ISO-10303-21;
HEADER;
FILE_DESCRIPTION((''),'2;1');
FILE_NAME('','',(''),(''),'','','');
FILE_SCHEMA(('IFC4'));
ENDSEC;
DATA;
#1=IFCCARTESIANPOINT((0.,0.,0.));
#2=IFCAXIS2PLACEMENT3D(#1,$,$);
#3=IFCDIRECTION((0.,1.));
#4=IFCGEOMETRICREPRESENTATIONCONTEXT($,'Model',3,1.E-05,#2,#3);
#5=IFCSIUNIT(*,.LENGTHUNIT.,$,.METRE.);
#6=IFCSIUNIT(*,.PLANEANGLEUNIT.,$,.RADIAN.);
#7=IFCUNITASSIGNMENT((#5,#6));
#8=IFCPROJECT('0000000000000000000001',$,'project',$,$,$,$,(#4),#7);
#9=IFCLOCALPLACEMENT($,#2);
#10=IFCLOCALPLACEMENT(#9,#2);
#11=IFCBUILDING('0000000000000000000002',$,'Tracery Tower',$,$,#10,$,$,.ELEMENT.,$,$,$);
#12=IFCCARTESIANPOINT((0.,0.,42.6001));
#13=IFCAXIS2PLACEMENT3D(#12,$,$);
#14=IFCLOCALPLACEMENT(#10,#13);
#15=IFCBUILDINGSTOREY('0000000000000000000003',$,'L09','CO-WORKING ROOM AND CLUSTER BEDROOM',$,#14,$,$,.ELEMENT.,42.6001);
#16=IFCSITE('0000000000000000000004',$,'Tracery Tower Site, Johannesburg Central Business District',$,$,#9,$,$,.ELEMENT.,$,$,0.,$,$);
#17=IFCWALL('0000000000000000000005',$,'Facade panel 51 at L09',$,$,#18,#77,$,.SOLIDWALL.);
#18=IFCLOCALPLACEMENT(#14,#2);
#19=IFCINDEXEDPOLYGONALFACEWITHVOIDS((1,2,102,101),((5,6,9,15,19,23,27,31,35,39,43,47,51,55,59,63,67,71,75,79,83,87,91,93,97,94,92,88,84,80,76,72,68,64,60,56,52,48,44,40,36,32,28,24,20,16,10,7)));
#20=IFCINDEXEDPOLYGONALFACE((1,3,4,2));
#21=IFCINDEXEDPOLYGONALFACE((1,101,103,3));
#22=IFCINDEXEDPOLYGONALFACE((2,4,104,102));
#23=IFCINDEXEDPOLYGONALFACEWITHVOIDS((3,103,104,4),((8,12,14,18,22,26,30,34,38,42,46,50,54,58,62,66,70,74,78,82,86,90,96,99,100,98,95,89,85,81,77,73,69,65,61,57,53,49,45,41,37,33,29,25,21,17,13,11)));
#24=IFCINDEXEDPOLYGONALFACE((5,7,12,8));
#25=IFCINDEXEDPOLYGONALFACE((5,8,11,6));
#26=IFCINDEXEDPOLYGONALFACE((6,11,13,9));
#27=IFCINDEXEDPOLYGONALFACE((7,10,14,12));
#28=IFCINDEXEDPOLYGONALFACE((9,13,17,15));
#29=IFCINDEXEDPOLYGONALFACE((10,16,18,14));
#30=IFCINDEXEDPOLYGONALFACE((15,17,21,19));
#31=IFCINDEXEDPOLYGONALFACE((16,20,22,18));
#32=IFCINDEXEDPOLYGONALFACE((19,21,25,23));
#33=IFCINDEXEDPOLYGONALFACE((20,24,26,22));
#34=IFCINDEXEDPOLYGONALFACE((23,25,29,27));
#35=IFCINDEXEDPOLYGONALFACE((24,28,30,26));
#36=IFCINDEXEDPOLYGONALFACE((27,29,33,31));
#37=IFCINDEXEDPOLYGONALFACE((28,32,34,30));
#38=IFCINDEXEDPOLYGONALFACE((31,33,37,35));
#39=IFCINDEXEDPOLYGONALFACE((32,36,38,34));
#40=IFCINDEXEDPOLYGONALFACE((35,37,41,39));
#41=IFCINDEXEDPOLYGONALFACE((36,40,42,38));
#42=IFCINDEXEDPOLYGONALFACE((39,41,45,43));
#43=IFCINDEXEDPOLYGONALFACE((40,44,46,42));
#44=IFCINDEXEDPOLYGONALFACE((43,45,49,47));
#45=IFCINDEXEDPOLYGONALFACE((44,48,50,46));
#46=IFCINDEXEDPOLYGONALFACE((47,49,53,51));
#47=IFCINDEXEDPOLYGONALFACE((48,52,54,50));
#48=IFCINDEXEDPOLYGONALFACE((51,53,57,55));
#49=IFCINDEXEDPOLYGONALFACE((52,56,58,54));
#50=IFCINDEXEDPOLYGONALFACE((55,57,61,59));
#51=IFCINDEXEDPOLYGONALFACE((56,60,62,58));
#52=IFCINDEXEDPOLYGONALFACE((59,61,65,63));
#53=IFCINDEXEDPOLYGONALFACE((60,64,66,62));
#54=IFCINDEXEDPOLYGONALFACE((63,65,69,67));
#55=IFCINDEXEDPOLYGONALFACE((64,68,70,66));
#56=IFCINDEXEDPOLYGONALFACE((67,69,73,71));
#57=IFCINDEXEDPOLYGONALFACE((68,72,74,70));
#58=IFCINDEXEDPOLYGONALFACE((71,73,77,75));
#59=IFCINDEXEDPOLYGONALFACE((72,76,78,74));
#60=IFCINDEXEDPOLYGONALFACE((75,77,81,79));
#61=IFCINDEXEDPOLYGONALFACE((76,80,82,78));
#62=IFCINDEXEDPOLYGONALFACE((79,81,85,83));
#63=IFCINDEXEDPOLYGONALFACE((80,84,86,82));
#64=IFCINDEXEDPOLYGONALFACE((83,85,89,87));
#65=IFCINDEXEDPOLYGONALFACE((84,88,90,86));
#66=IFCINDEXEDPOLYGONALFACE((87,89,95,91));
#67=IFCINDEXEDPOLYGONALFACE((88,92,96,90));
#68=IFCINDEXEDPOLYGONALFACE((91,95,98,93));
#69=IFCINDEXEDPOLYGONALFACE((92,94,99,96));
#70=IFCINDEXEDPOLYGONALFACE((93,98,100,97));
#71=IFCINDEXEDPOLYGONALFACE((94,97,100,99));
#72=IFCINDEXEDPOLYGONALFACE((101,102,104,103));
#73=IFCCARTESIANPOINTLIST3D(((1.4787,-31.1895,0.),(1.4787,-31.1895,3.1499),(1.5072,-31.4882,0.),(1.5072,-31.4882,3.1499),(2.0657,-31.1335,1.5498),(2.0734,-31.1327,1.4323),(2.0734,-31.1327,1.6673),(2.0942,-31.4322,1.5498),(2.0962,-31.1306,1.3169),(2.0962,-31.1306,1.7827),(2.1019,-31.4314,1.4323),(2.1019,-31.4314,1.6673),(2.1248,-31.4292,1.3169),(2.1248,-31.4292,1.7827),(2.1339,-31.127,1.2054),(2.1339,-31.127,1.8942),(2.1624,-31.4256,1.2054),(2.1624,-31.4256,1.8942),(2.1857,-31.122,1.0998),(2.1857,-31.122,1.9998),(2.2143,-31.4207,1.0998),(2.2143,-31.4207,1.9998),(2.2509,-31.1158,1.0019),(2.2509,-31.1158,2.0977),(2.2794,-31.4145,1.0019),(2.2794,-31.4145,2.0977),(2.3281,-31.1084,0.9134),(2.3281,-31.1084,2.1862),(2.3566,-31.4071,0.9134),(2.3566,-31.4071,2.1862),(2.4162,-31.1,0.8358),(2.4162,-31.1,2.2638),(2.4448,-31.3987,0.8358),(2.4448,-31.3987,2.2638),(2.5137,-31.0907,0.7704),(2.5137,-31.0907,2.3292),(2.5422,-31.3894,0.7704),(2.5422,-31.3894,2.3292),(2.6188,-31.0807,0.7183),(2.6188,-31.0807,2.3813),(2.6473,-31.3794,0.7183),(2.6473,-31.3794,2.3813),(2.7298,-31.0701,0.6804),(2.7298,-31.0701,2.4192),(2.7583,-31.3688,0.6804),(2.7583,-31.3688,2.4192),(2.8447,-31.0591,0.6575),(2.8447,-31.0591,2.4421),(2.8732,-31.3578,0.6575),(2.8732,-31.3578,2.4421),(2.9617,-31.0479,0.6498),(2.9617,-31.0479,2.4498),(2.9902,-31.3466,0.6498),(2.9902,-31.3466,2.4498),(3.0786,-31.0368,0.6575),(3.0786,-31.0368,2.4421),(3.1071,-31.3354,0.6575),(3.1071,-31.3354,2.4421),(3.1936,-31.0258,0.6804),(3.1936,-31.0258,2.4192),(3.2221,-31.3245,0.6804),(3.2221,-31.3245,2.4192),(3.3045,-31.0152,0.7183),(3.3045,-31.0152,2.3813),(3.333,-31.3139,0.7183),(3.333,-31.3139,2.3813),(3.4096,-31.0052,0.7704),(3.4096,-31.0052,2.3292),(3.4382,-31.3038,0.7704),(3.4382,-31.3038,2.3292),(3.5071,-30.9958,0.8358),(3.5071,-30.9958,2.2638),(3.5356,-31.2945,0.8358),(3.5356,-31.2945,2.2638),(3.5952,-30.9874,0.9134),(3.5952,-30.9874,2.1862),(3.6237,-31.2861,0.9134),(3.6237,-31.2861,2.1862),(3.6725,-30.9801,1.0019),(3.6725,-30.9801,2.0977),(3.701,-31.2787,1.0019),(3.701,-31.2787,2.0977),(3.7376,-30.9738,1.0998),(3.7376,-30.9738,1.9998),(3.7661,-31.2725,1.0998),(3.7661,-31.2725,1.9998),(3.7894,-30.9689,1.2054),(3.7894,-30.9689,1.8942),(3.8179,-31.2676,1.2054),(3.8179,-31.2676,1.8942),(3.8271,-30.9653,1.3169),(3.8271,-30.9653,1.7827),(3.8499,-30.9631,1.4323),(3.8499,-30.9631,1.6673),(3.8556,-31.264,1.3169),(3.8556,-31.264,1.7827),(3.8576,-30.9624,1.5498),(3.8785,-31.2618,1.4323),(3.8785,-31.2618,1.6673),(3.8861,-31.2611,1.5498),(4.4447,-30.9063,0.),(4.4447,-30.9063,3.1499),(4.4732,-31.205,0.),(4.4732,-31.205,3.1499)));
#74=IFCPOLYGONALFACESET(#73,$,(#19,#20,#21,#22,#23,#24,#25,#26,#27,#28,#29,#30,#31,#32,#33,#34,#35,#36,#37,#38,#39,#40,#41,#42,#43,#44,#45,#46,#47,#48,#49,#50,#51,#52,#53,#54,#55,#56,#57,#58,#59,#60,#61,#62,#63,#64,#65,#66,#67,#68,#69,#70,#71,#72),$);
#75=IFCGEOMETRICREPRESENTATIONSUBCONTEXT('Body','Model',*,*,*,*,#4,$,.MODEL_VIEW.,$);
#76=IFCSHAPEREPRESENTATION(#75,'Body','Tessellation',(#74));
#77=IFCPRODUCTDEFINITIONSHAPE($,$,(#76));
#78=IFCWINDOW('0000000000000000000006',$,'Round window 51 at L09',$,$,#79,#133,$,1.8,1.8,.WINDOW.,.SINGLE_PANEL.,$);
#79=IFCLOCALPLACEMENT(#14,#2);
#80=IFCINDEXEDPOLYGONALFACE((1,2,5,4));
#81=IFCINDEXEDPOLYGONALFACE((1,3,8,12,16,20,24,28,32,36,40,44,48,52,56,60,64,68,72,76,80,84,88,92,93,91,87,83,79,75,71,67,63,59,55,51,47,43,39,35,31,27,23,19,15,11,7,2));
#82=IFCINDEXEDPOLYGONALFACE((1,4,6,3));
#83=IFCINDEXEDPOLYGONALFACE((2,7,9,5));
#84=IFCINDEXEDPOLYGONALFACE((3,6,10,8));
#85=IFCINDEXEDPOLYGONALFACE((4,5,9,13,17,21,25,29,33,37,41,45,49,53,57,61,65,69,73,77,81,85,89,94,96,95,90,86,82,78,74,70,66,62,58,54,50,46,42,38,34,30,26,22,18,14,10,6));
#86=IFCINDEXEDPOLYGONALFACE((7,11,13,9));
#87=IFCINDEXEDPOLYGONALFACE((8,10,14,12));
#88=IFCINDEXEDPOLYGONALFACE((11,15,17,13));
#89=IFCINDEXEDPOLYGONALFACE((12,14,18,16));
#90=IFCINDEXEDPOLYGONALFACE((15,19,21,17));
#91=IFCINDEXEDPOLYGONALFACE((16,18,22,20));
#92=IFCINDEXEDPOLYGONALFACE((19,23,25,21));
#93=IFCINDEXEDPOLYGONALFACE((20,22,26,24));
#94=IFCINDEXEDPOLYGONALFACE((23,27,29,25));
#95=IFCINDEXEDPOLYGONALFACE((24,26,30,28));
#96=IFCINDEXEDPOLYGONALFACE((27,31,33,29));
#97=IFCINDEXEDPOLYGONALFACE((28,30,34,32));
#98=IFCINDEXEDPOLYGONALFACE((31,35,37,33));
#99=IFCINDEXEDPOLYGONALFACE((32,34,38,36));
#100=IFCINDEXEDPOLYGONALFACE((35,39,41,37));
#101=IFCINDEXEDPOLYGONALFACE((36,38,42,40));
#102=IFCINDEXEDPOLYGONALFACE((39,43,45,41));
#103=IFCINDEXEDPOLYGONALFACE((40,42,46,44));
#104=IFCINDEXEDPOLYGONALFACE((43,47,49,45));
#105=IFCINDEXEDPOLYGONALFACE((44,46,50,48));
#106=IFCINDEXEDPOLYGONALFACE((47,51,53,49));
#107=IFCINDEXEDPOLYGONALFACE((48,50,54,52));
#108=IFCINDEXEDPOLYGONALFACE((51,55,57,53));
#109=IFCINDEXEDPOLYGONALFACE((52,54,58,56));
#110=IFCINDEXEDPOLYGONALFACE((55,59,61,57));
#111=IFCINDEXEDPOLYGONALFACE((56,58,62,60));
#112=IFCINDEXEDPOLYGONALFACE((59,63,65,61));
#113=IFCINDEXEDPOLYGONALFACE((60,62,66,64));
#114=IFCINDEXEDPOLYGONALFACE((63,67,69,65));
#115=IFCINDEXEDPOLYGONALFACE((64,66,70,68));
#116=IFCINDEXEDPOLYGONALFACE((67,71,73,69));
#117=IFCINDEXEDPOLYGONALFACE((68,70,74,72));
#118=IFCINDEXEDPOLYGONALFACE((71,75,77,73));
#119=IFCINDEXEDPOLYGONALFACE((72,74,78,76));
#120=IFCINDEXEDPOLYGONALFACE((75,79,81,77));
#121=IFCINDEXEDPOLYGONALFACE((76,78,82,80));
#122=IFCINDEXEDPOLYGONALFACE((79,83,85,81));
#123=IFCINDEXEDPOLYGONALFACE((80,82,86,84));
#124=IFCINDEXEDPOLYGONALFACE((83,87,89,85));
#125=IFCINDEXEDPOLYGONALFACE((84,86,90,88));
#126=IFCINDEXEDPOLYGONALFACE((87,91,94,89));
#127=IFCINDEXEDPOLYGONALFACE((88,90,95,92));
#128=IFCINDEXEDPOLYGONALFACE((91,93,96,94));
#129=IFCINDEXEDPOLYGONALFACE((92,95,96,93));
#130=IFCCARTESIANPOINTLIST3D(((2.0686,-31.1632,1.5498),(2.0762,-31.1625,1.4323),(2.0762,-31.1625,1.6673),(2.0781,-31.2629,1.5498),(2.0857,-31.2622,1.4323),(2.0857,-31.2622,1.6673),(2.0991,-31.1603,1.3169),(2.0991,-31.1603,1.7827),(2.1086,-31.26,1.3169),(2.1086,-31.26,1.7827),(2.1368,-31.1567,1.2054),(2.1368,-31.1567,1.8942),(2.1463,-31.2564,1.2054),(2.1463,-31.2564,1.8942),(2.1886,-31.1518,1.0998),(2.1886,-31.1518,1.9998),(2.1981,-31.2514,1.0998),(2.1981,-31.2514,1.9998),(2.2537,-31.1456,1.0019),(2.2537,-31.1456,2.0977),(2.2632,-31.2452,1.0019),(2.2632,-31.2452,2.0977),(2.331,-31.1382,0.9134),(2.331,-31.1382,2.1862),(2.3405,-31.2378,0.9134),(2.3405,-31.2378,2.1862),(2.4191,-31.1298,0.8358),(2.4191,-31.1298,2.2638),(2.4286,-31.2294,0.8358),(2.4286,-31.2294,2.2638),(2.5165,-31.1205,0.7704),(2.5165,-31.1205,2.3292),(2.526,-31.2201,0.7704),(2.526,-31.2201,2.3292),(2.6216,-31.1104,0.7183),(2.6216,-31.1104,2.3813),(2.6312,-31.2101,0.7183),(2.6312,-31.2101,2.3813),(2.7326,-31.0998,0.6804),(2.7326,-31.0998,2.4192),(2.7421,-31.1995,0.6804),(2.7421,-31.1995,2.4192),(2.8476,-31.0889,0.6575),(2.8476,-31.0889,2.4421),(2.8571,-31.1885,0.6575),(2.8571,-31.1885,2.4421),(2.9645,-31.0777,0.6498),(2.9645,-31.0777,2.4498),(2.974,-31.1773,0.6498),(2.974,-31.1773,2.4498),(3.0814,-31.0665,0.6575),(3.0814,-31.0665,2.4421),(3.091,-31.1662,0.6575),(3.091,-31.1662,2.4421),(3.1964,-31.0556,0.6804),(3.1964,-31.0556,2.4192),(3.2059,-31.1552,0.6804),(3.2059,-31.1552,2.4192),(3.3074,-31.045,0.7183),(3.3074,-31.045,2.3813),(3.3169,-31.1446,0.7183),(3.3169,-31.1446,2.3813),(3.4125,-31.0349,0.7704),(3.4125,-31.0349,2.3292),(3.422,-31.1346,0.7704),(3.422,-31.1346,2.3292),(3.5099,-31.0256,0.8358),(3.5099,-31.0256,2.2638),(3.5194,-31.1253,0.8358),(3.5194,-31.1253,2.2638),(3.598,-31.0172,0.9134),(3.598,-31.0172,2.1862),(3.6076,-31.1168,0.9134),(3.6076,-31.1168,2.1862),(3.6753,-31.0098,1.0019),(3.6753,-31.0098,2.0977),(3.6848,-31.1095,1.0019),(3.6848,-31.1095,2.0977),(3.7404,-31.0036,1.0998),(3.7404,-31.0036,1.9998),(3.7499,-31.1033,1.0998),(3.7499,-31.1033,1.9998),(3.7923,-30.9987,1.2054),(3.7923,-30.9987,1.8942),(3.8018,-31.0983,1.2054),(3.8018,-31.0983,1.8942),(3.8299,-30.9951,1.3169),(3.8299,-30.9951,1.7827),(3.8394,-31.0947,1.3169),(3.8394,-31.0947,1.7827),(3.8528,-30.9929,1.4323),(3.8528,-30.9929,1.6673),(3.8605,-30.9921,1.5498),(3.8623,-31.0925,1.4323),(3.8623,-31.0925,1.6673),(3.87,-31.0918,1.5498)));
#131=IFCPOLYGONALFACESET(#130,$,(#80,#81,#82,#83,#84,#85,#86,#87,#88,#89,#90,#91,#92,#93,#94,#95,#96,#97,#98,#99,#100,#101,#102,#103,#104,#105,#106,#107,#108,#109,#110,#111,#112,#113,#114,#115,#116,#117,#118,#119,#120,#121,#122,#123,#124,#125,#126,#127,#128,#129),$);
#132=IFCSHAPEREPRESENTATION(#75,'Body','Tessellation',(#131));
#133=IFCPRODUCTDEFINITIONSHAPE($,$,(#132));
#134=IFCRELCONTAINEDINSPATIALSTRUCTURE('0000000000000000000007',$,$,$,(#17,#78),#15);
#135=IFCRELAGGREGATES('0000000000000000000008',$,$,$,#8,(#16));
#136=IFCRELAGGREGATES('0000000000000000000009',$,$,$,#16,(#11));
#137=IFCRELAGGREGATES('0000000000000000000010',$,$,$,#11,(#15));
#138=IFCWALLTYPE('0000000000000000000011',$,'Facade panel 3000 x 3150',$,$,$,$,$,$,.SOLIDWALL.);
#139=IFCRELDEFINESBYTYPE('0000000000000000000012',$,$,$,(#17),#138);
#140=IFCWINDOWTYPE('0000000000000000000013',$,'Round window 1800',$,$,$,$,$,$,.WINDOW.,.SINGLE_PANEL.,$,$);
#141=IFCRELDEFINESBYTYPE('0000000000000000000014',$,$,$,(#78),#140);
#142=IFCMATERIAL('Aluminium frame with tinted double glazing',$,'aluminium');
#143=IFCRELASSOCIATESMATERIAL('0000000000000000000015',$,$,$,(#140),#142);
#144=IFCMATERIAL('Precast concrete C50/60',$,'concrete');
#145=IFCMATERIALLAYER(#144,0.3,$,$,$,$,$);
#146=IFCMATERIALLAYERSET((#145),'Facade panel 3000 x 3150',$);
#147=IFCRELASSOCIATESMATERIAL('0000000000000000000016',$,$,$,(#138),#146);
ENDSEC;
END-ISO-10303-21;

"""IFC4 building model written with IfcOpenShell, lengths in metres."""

from ifc_helpers import new_model, si_unit, direction, frame, frame_2d, origin, origin_2d, place, context, subcontext, project, spatial, rectangle, circle, extrude, material, layer, layer_set, type_object, element, fill, save


model = new_model("IFC4")

# Units and contexts
model_context = context("Model", 3, precision=1e-05, world=origin(), true_north=direction((0.0, 1.0)))
body_context = subcontext(model_context, "Body", "Model", "MODEL_VIEW")
ifc_project = project(units=[si_unit("LENGTHUNIT", "METRE"), si_unit("PLANEANGLEUNIT", "RADIAN")], contexts=[model_context])

# Site, building, storey
site_placement = place(None, origin())
site = spatial("IfcSite", under=ifc_project, at=site_placement, Name="Tracery Tower Site, Johannesburg Central Business District", CompositionType="ELEMENT", RefElevation=0.0)
building_placement = place(site_placement, origin())
building = spatial("IfcBuilding", under=site, at=building_placement, Name="Tracery Tower", CompositionType="ELEMENT")
storey_placement = place(building_placement, frame((0.0, 0.0, 42.6001)))
storey = spatial("IfcBuildingStorey", under=building, at=storey_placement, Name="L09", Description="CO-WORKING ROOM AND CLUSTER BEDROOM", CompositionType="ELEMENT", Elevation=42.6001)

# Wall, opening, window
ifc_material_1 = material(Name="Aluminium frame with tinted double glazing", Category="aluminium")
window_type = type_object("IfcWindowType", Name="Round window 1800", PartitioningType="SINGLE_PANEL", PredefinedType="WINDOW", material=ifc_material_1)
ifc_material_2 = material(Name="Precast concrete C50/60", Category="concrete")
ifc_layer_1 = layer(ifc_material_2, 0.3)
ifc_layer_set_1 = layer_set([ifc_layer_1], Name="Facade panel 3000 x 3150")
wall_type_1 = type_object("IfcWallType", Name="Facade panel 3000 x 3150", PredefinedType="SOLIDWALL", material=ifc_layer_set_1)
wall_1_placement = place(storey_placement, frame((1.4929, -31.3389, 0.0), z_axis=(0.0, 0.0, 1.0), x_axis=(0.995473, 0.095049, 0.0)))
wall_1 = element("IfcWall", 1, at=wall_1_placement, inside=storey, type_object=wall_type_1, Name="Facade panel 51 at L09", PredefinedType="SOLIDWALL", context=body_context, shape_type="SweptSolid", body=[
    extrude(rectangle(XDim=2.9795, YDim=0.3, at=frame_2d((1.4897, 0.0))), origin(), (0.0, 0.0, 1.0), 3.1499),
])
opening_1_placement = place(wall_1_placement, frame((1.4897, 0.0, 1.5498)))
opening_1 = element("IfcOpeningElement", 2, at=opening_1_placement, cuts=wall_1, PredefinedType="OPENING", context=body_context, shape_type="SweptSolid", body=[
    extrude(circle(Radius=0.9, at=origin_2d()), frame((0.0, 0.1599, 0.0), z_axis=(0.0, -1.0, 0.0), x_axis=(1.0, 0.0, 0.0)), (0.0, 0.0, 1.0), 0.3201),
])
window_1_placement = place(opening_1_placement, origin())
window_1 = element("IfcWindow", 3, at=window_1_placement, inside=storey, type_object=window_type, Name="Round window 51 at L09", OverallHeight=1.8, OverallWidth=1.8, PartitioningType="SINGLE_PANEL", PredefinedType="WINDOW", context=body_context, shape_type="SweptSolid", body=[
    extrude(circle(Radius=0.9, at=origin_2d()), frame((0.0, 0.1201, 0.0), z_axis=(0.0, -1.0, 0.0), x_axis=(1.0, 0.0, 0.0)), (0.0, 0.0, 1.0), 0.1001),
])
fill(opening_1, window_1)

save(model, "model.ifc")
